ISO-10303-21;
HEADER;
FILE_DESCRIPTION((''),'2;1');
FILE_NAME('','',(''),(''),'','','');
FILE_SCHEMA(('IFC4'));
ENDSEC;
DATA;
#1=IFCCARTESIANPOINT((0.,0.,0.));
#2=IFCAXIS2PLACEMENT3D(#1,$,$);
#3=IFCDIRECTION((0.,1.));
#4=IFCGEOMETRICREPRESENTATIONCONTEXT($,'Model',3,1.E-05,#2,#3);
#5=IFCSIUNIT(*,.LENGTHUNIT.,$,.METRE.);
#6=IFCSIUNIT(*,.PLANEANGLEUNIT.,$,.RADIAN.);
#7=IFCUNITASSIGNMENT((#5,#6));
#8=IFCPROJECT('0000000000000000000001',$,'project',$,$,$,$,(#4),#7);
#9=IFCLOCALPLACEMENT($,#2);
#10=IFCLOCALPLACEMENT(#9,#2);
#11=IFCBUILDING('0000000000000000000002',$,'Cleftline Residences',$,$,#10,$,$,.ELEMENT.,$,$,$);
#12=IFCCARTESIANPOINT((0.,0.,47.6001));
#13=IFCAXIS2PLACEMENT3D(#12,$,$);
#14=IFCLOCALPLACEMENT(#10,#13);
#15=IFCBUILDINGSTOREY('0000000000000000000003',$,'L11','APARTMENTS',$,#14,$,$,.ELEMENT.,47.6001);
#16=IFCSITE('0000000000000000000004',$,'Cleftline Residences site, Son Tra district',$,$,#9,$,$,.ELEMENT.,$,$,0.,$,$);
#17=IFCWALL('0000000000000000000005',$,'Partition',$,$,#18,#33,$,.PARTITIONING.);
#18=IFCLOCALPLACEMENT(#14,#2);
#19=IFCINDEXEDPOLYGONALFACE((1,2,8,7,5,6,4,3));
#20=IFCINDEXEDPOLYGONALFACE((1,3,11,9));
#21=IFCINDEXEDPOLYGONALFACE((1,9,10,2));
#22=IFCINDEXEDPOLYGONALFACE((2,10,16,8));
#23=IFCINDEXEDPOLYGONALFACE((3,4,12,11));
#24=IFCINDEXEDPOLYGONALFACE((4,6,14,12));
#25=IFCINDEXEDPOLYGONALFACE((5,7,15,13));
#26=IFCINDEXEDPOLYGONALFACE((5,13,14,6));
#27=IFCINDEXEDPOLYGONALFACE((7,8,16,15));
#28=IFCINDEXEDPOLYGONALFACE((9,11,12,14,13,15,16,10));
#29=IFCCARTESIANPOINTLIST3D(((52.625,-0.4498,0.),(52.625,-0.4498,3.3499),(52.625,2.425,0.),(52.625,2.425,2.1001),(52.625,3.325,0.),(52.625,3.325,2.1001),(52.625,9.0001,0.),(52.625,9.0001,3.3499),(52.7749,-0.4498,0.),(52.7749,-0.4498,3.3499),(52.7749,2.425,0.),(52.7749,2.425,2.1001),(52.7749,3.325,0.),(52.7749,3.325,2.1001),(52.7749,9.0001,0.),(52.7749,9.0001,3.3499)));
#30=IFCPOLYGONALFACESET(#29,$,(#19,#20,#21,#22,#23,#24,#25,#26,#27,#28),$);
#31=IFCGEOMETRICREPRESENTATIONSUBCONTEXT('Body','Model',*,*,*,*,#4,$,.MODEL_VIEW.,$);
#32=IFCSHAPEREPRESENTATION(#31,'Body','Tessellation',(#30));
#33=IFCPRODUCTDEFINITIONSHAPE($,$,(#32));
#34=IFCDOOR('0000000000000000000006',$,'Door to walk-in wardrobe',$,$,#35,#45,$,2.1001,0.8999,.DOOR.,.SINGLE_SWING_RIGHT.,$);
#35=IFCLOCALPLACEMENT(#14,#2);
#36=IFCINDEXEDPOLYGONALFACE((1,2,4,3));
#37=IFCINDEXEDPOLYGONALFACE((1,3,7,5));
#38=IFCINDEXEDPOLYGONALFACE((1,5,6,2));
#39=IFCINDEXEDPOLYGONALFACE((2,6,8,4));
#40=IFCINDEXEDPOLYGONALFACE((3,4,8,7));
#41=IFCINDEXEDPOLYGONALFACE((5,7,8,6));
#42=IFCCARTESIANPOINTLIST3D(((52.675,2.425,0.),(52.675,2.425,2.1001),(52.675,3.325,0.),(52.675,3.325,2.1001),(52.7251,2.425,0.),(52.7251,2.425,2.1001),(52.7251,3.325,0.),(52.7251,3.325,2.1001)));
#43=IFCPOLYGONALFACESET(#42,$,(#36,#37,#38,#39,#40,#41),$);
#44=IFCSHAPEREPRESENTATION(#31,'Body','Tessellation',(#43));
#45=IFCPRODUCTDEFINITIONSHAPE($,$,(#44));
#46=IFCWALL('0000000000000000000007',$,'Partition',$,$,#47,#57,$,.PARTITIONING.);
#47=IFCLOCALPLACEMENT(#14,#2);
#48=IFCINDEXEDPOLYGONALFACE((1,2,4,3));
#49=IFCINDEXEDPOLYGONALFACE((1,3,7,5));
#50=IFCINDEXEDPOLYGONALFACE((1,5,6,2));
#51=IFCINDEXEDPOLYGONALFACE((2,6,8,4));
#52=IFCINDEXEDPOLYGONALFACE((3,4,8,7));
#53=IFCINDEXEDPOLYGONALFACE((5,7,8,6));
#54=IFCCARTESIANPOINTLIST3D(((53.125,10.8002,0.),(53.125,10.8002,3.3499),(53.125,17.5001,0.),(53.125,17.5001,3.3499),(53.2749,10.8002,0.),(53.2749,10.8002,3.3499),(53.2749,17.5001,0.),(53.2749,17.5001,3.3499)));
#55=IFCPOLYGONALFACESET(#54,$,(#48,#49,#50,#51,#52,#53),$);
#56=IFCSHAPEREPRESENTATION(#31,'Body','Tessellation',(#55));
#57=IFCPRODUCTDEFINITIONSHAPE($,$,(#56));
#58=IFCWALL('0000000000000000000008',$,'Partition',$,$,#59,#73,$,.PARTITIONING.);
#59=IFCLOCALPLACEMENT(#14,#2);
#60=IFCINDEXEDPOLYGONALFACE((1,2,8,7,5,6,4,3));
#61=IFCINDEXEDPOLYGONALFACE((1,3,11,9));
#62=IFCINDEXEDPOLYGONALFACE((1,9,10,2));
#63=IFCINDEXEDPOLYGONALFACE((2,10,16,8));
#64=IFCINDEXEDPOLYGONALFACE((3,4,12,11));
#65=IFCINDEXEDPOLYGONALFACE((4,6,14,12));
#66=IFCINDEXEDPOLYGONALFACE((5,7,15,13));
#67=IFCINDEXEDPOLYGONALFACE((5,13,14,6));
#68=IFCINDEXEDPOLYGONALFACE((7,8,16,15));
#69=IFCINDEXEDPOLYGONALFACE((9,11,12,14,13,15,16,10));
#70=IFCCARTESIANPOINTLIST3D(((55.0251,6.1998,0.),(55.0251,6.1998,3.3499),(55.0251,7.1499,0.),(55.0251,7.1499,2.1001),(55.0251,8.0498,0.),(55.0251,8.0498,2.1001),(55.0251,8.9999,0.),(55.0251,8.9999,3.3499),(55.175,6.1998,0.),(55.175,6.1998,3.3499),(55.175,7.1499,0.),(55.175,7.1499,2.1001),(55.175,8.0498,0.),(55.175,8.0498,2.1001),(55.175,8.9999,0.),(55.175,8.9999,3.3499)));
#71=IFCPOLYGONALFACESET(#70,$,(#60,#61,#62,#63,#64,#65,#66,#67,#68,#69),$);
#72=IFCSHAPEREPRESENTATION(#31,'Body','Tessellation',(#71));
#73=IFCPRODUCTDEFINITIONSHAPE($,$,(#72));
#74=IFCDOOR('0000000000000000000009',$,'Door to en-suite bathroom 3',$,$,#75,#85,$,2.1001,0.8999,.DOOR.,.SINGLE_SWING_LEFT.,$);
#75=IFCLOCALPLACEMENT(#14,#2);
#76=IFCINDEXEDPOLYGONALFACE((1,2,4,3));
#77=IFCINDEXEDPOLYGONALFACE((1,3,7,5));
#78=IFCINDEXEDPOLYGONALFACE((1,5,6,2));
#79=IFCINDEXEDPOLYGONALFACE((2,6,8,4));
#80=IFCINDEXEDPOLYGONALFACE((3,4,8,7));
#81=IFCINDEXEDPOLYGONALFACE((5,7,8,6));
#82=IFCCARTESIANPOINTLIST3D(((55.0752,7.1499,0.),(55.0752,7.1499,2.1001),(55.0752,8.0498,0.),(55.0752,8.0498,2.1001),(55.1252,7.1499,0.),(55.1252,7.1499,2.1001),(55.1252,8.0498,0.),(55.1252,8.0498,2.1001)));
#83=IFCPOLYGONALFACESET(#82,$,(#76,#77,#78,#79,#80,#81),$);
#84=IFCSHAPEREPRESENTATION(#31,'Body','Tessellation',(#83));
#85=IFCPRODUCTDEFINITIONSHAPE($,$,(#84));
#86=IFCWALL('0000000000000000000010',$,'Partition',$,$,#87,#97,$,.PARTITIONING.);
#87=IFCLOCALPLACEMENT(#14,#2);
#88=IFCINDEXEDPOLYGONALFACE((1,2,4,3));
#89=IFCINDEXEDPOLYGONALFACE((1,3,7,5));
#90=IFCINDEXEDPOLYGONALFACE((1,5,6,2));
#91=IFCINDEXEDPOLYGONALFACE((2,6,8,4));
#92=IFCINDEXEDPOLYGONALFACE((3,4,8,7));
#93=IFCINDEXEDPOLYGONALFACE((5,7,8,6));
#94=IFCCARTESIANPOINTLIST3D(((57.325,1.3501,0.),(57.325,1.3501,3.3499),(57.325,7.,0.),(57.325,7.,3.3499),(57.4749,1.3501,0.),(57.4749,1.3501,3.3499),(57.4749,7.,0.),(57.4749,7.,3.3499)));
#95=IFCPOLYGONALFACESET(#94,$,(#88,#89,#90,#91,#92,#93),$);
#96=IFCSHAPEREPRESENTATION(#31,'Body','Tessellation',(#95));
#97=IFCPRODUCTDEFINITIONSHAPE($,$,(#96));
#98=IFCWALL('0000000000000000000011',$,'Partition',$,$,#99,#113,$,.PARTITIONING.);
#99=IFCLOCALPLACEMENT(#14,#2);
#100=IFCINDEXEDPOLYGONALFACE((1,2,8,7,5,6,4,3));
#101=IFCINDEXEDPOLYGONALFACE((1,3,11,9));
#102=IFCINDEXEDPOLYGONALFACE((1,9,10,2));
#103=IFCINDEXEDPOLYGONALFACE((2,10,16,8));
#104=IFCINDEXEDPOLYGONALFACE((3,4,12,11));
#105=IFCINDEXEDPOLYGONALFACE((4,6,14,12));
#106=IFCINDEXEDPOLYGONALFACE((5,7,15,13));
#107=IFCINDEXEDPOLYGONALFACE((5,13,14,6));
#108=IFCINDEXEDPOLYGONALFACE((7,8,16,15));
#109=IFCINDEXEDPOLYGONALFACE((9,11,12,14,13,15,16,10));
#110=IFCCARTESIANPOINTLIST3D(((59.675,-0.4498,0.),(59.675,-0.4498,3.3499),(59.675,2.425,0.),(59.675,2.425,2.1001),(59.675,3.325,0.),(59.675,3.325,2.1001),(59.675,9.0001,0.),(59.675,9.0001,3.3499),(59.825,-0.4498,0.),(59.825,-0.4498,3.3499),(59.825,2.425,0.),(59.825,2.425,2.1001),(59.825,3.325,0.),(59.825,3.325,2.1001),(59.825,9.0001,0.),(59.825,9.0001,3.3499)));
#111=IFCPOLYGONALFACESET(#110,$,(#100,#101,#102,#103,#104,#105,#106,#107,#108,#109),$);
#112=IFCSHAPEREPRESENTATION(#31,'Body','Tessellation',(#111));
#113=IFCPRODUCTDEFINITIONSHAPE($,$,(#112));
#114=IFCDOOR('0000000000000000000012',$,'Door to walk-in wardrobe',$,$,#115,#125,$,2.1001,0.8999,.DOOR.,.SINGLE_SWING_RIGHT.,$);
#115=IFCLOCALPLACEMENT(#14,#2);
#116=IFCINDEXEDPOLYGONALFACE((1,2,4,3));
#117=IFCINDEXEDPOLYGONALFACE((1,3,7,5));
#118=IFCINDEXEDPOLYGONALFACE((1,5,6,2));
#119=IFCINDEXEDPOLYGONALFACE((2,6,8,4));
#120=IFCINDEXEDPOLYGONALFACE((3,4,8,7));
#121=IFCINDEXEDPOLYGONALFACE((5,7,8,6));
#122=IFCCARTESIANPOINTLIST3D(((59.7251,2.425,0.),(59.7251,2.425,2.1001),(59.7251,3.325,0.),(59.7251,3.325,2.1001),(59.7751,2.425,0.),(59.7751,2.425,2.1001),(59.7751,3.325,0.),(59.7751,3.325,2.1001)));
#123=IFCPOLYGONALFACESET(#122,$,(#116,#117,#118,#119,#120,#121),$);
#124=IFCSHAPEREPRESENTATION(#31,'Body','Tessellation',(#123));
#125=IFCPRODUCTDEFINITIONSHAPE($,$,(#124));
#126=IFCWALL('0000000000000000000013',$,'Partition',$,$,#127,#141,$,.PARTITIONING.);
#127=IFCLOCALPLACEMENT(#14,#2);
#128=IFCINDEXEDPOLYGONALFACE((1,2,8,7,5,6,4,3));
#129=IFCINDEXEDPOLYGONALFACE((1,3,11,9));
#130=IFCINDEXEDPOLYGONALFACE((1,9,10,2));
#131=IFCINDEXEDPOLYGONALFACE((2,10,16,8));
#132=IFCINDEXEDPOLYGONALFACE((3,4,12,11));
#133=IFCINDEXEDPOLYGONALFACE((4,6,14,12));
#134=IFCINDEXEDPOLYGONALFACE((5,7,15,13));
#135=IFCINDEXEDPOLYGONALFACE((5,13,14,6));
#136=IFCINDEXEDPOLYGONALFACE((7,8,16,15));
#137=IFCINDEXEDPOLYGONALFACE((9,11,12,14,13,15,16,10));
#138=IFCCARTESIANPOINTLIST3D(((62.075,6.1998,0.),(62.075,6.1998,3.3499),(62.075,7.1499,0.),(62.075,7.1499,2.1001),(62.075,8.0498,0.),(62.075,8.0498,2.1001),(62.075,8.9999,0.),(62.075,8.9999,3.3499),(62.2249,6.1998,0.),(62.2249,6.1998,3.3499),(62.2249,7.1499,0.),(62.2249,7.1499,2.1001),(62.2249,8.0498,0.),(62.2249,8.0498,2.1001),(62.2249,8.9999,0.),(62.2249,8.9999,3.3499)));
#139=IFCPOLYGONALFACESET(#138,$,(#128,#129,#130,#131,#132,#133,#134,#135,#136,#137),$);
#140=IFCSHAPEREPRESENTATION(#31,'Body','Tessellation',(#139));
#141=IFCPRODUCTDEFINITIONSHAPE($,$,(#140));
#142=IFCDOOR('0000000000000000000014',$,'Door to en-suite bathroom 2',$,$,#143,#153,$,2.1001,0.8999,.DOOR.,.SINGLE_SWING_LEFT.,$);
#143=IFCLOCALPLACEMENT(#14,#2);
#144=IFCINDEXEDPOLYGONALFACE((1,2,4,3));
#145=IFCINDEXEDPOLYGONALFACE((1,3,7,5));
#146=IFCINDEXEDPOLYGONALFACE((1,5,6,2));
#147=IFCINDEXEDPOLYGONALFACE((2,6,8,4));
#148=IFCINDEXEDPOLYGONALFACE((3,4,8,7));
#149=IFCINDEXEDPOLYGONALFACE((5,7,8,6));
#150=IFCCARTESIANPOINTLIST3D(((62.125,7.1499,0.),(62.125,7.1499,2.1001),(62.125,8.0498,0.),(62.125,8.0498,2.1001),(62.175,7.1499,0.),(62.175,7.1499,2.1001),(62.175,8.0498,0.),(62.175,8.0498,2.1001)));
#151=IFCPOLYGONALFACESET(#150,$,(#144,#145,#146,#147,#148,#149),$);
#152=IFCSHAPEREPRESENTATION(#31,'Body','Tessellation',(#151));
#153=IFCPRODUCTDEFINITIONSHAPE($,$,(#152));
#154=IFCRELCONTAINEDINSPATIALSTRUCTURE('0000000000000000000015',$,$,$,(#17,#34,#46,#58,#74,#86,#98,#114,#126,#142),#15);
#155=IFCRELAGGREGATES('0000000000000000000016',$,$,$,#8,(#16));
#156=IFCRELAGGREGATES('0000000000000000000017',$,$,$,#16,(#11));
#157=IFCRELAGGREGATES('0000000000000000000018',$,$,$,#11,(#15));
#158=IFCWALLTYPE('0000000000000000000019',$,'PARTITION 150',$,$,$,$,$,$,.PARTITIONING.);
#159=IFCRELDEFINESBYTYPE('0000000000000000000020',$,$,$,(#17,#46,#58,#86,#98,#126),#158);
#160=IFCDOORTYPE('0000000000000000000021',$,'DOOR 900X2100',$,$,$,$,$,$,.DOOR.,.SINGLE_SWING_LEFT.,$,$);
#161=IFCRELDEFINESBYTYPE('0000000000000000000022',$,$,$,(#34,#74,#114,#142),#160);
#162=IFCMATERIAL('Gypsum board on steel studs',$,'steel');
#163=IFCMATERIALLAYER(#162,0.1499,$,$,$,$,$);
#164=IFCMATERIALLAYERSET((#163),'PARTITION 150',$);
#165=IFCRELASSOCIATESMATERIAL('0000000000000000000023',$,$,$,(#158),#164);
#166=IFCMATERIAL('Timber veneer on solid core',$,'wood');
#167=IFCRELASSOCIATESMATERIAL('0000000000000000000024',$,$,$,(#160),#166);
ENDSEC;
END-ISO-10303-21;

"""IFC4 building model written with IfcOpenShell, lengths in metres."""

from ifc_helpers import new_model, si_unit, direction, frame, frame_2d, origin, place, context, subcontext, project, spatial, rectangle, extrude, material, layer, layer_set, type_object, element, fill, save


model = new_model("IFC4")

# Units and contexts
model_context = context("Model", 3, precision=1e-05, world=origin(), true_north=direction((0.0, 1.0)))
body_context = subcontext(model_context, "Body", "Model", "MODEL_VIEW")
ifc_project = project(units=[si_unit("LENGTHUNIT", "METRE"), si_unit("PLANEANGLEUNIT", "RADIAN")], contexts=[model_context])

# Site, building, storey
site_placement = place(None, origin())
site = spatial("IfcSite", under=ifc_project, at=site_placement, Name="Cleftline Residences site, Son Tra district", CompositionType="ELEMENT", RefElevation=0.0)
building_placement = place(site_placement, origin())
building = spatial("IfcBuilding", under=site, at=building_placement, Name="Cleftline Residences", CompositionType="ELEMENT")
storey_placement = place(building_placement, frame((0.0, 0.0, 47.6001)))
storey = spatial("IfcBuildingStorey", under=building, at=storey_placement, Name="L11", Description="APARTMENTS", CompositionType="ELEMENT", Elevation=47.6001)

# Shared definitions
ifc_material_1 = material(Name="Gypsum board on steel studs", Category="steel")
ifc_layer_1 = layer(ifc_material_1, 0.1499)
ifc_layer_set_1 = layer_set([ifc_layer_1], Name="PARTITION 150")
wall_type_1 = type_object("IfcWallType", Name="PARTITION 150", PredefinedType="PARTITIONING", material=ifc_layer_set_1)

# Wall, opening, door
wall_1_placement = place(storey_placement, frame((52.7, -0.45, 0.0), z_axis=(0.0, 0.0, 1.0), x_axis=(0.0, 1.0, 0.0)))
wall_1 = element("IfcWall", 1, at=wall_1_placement, inside=storey, type_object=wall_type_1, Name="Partition", PredefinedType="PARTITIONING", context=body_context, shape_type="SweptSolid", body=[
    extrude(rectangle(XDim=9.45, YDim=0.1499, at=frame_2d((4.7251, 0.0))), origin(), (0.0, 0.0, 1.0), 3.3499),
])
opening_1_placement = place(wall_1_placement, frame((2.875, 0.0, 0.0)))
opening_1 = element("IfcOpeningElement", 2, at=opening_1_placement, cuts=wall_1, PredefinedType="OPENING", context=body_context, shape_type="SweptSolid", body=[
    extrude(rectangle(XDim=0.8999, YDim=2.1001, at=frame_2d((0.45, 1.05))), frame((0.0, 0.085, 0.0), z_axis=(0.0, -1.0, 0.0), x_axis=(1.0, 0.0, 0.0)), (0.0, 0.0, 1.0), 0.1699),
])
ifc_material_2 = material(Name="Timber veneer on solid core", Category="wood")
door_type_1 = type_object("IfcDoorType", Name="DOOR 900X2100", OperationType="SINGLE_SWING_LEFT", PredefinedType="DOOR", material=ifc_material_2)
door_1_placement = place(opening_1_placement, origin())
door_1 = element("IfcDoor", 3, at=door_1_placement, inside=storey, type_object=door_type_1, Name="Door to walk-in wardrobe", OperationType="SINGLE_SWING_RIGHT", OverallHeight=2.1001, OverallWidth=0.8999, PredefinedType="DOOR", context=body_context, shape_type="SweptSolid", body=[
    extrude(rectangle(XDim=0.8999, YDim=2.1001, at=frame_2d((0.45, 1.05))), frame((0.0, 0.0249, 0.0), z_axis=(0.0, -1.0, 0.0), x_axis=(1.0, 0.0, 0.0)), (0.0, 0.0, 1.0), 0.05),
])
fill(opening_1, door_1)

# Wall
wall_2_placement = place(storey_placement, frame((53.2, 10.8, 0.0), z_axis=(0.0, 0.0, 1.0), x_axis=(0.0, 1.0, 0.0)))
element("IfcWall", 4, at=wall_2_placement, inside=storey, type_object=wall_type_1, Name="Partition", PredefinedType="PARTITIONING", context=body_context, shape_type="SweptSolid", body=[
    extrude(rectangle(XDim=6.7, YDim=0.1499, at=frame_2d((3.3501, 0.0))), origin(), (0.0, 0.0, 1.0), 3.3499),
])

# Wall, opening, door
wall_3_placement = place(storey_placement, frame((55.1001, 6.2, 0.0), z_axis=(0.0, 0.0, 1.0), x_axis=(0.0, 1.0, 0.0)))
wall_3 = element("IfcWall", 5, at=wall_3_placement, inside=storey, type_object=wall_type_1, Name="Partition", PredefinedType="PARTITIONING", context=body_context, shape_type="SweptSolid", body=[
    extrude(rectangle(XDim=2.8, YDim=0.1499, at=frame_2d((1.3999, 0.0))), origin(), (0.0, 0.0, 1.0), 3.3499),
])
opening_2_placement = place(wall_3_placement, frame((0.95, 0.0, 0.0)))
opening_2 = element("IfcOpeningElement", 6, at=opening_2_placement, cuts=wall_3, PredefinedType="OPENING", context=body_context, shape_type="SweptSolid", body=[
    extrude(rectangle(XDim=0.8999, YDim=2.1001, at=frame_2d((0.45, 1.05))), frame((0.0, 0.085, 0.0), z_axis=(0.0, -1.0, 0.0), x_axis=(1.0, 0.0, 0.0)), (0.0, 0.0, 1.0), 0.1699),
])
door_2_placement = place(opening_2_placement, origin())
door_2 = element("IfcDoor", 7, at=door_2_placement, inside=storey, type_object=door_type_1, Name="Door to en-suite bathroom 3", OperationType="SINGLE_SWING_LEFT", OverallHeight=2.1001, OverallWidth=0.8999, PredefinedType="DOOR", context=body_context, shape_type="SweptSolid", body=[
    extrude(rectangle(XDim=0.8999, YDim=2.1001, at=frame_2d((0.45, 1.05))), frame((0.0, 0.0249, 0.0), z_axis=(0.0, -1.0, 0.0), x_axis=(1.0, 0.0, 0.0)), (0.0, 0.0, 1.0), 0.05),
])
fill(opening_2, door_2)

# Wall
wall_4_placement = place(storey_placement, frame((57.3999, 1.3501, 0.0), z_axis=(0.0, 0.0, 1.0), x_axis=(0.0, 1.0, 0.0)))
element("IfcWall", 8, at=wall_4_placement, inside=storey, type_object=wall_type_1, Name="Partition", PredefinedType="PARTITIONING", context=body_context, shape_type="SweptSolid", body=[
    extrude(rectangle(XDim=5.6499, YDim=0.1499, at=frame_2d((2.825, 0.0))), origin(), (0.0, 0.0, 1.0), 3.3499),
])

# Walls, openings, doors
wall_5_placement = place(storey_placement, frame((59.75, -0.45, 0.0), z_axis=(0.0, 0.0, 1.0), x_axis=(0.0, 1.0, 0.0)))
wall_5 = element("IfcWall", 9, at=wall_5_placement, inside=storey, type_object=wall_type_1, Name="Partition", PredefinedType="PARTITIONING", context=body_context, shape_type="SweptSolid", body=[
    extrude(rectangle(XDim=9.45, YDim=0.1499, at=frame_2d((4.7251, 0.0))), origin(), (0.0, 0.0, 1.0), 3.3499),
])
opening_3_placement = place(wall_5_placement, frame((2.875, 0.0, 0.0)))
opening_3 = element("IfcOpeningElement", 10, at=opening_3_placement, cuts=wall_5, PredefinedType="OPENING", context=body_context, shape_type="SweptSolid", body=[
    extrude(rectangle(XDim=0.8999, YDim=2.1001, at=frame_2d((0.45, 1.05))), frame((0.0, 0.085, 0.0), z_axis=(0.0, -1.0, 0.0), x_axis=(1.0, 0.0, 0.0)), (0.0, 0.0, 1.0), 0.1699),
])
door_3_placement = place(opening_3_placement, origin())
door_3 = element("IfcDoor", 11, at=door_3_placement, inside=storey, type_object=door_type_1, Name="Door to walk-in wardrobe", OperationType="SINGLE_SWING_RIGHT", OverallHeight=2.1001, OverallWidth=0.8999, PredefinedType="DOOR", context=body_context, shape_type="SweptSolid", body=[
    extrude(rectangle(XDim=0.8999, YDim=2.1001, at=frame_2d((0.45, 1.05))), frame((0.0, 0.0249, 0.0), z_axis=(0.0, -1.0, 0.0), x_axis=(1.0, 0.0, 0.0)), (0.0, 0.0, 1.0), 0.05),
])
fill(opening_3, door_3)
wall_6_placement = place(storey_placement, frame((62.1499, 6.2, 0.0), z_axis=(0.0, 0.0, 1.0), x_axis=(0.0, 1.0, 0.0)))
wall_6 = element("IfcWall", 12, at=wall_6_placement, inside=storey, type_object=wall_type_1, Name="Partition", PredefinedType="PARTITIONING", context=body_context, shape_type="SweptSolid", body=[
    extrude(rectangle(XDim=2.8, YDim=0.1499, at=frame_2d((1.3999, 0.0))), origin(), (0.0, 0.0, 1.0), 3.3499),
])
opening_4_placement = place(wall_6_placement, frame((0.95, 0.0, 0.0)))
opening_4 = element("IfcOpeningElement", 13, at=opening_4_placement, cuts=wall_6, PredefinedType="OPENING", context=body_context, shape_type="SweptSolid", body=[
    extrude(rectangle(XDim=0.8999, YDim=2.1001, at=frame_2d((0.45, 1.05))), frame((0.0, 0.085, 0.0), z_axis=(0.0, -1.0, 0.0), x_axis=(1.0, 0.0, 0.0)), (0.0, 0.0, 1.0), 0.1699),
])
door_4_placement = place(opening_4_placement, origin())
door_4 = element("IfcDoor", 14, at=door_4_placement, inside=storey, type_object=door_type_1, Name="Door to en-suite bathroom 2", OperationType="SINGLE_SWING_LEFT", OverallHeight=2.1001, OverallWidth=0.8999, PredefinedType="DOOR", context=body_context, shape_type="SweptSolid", body=[
    extrude(rectangle(XDim=0.8999, YDim=2.1001, at=frame_2d((0.45, 1.05))), frame((0.0, 0.0249, 0.0), z_axis=(0.0, -1.0, 0.0), x_axis=(1.0, 0.0, 0.0)), (0.0, 0.0, 1.0), 0.05),
])
fill(opening_4, door_4)

save(model, "model.ifc")
